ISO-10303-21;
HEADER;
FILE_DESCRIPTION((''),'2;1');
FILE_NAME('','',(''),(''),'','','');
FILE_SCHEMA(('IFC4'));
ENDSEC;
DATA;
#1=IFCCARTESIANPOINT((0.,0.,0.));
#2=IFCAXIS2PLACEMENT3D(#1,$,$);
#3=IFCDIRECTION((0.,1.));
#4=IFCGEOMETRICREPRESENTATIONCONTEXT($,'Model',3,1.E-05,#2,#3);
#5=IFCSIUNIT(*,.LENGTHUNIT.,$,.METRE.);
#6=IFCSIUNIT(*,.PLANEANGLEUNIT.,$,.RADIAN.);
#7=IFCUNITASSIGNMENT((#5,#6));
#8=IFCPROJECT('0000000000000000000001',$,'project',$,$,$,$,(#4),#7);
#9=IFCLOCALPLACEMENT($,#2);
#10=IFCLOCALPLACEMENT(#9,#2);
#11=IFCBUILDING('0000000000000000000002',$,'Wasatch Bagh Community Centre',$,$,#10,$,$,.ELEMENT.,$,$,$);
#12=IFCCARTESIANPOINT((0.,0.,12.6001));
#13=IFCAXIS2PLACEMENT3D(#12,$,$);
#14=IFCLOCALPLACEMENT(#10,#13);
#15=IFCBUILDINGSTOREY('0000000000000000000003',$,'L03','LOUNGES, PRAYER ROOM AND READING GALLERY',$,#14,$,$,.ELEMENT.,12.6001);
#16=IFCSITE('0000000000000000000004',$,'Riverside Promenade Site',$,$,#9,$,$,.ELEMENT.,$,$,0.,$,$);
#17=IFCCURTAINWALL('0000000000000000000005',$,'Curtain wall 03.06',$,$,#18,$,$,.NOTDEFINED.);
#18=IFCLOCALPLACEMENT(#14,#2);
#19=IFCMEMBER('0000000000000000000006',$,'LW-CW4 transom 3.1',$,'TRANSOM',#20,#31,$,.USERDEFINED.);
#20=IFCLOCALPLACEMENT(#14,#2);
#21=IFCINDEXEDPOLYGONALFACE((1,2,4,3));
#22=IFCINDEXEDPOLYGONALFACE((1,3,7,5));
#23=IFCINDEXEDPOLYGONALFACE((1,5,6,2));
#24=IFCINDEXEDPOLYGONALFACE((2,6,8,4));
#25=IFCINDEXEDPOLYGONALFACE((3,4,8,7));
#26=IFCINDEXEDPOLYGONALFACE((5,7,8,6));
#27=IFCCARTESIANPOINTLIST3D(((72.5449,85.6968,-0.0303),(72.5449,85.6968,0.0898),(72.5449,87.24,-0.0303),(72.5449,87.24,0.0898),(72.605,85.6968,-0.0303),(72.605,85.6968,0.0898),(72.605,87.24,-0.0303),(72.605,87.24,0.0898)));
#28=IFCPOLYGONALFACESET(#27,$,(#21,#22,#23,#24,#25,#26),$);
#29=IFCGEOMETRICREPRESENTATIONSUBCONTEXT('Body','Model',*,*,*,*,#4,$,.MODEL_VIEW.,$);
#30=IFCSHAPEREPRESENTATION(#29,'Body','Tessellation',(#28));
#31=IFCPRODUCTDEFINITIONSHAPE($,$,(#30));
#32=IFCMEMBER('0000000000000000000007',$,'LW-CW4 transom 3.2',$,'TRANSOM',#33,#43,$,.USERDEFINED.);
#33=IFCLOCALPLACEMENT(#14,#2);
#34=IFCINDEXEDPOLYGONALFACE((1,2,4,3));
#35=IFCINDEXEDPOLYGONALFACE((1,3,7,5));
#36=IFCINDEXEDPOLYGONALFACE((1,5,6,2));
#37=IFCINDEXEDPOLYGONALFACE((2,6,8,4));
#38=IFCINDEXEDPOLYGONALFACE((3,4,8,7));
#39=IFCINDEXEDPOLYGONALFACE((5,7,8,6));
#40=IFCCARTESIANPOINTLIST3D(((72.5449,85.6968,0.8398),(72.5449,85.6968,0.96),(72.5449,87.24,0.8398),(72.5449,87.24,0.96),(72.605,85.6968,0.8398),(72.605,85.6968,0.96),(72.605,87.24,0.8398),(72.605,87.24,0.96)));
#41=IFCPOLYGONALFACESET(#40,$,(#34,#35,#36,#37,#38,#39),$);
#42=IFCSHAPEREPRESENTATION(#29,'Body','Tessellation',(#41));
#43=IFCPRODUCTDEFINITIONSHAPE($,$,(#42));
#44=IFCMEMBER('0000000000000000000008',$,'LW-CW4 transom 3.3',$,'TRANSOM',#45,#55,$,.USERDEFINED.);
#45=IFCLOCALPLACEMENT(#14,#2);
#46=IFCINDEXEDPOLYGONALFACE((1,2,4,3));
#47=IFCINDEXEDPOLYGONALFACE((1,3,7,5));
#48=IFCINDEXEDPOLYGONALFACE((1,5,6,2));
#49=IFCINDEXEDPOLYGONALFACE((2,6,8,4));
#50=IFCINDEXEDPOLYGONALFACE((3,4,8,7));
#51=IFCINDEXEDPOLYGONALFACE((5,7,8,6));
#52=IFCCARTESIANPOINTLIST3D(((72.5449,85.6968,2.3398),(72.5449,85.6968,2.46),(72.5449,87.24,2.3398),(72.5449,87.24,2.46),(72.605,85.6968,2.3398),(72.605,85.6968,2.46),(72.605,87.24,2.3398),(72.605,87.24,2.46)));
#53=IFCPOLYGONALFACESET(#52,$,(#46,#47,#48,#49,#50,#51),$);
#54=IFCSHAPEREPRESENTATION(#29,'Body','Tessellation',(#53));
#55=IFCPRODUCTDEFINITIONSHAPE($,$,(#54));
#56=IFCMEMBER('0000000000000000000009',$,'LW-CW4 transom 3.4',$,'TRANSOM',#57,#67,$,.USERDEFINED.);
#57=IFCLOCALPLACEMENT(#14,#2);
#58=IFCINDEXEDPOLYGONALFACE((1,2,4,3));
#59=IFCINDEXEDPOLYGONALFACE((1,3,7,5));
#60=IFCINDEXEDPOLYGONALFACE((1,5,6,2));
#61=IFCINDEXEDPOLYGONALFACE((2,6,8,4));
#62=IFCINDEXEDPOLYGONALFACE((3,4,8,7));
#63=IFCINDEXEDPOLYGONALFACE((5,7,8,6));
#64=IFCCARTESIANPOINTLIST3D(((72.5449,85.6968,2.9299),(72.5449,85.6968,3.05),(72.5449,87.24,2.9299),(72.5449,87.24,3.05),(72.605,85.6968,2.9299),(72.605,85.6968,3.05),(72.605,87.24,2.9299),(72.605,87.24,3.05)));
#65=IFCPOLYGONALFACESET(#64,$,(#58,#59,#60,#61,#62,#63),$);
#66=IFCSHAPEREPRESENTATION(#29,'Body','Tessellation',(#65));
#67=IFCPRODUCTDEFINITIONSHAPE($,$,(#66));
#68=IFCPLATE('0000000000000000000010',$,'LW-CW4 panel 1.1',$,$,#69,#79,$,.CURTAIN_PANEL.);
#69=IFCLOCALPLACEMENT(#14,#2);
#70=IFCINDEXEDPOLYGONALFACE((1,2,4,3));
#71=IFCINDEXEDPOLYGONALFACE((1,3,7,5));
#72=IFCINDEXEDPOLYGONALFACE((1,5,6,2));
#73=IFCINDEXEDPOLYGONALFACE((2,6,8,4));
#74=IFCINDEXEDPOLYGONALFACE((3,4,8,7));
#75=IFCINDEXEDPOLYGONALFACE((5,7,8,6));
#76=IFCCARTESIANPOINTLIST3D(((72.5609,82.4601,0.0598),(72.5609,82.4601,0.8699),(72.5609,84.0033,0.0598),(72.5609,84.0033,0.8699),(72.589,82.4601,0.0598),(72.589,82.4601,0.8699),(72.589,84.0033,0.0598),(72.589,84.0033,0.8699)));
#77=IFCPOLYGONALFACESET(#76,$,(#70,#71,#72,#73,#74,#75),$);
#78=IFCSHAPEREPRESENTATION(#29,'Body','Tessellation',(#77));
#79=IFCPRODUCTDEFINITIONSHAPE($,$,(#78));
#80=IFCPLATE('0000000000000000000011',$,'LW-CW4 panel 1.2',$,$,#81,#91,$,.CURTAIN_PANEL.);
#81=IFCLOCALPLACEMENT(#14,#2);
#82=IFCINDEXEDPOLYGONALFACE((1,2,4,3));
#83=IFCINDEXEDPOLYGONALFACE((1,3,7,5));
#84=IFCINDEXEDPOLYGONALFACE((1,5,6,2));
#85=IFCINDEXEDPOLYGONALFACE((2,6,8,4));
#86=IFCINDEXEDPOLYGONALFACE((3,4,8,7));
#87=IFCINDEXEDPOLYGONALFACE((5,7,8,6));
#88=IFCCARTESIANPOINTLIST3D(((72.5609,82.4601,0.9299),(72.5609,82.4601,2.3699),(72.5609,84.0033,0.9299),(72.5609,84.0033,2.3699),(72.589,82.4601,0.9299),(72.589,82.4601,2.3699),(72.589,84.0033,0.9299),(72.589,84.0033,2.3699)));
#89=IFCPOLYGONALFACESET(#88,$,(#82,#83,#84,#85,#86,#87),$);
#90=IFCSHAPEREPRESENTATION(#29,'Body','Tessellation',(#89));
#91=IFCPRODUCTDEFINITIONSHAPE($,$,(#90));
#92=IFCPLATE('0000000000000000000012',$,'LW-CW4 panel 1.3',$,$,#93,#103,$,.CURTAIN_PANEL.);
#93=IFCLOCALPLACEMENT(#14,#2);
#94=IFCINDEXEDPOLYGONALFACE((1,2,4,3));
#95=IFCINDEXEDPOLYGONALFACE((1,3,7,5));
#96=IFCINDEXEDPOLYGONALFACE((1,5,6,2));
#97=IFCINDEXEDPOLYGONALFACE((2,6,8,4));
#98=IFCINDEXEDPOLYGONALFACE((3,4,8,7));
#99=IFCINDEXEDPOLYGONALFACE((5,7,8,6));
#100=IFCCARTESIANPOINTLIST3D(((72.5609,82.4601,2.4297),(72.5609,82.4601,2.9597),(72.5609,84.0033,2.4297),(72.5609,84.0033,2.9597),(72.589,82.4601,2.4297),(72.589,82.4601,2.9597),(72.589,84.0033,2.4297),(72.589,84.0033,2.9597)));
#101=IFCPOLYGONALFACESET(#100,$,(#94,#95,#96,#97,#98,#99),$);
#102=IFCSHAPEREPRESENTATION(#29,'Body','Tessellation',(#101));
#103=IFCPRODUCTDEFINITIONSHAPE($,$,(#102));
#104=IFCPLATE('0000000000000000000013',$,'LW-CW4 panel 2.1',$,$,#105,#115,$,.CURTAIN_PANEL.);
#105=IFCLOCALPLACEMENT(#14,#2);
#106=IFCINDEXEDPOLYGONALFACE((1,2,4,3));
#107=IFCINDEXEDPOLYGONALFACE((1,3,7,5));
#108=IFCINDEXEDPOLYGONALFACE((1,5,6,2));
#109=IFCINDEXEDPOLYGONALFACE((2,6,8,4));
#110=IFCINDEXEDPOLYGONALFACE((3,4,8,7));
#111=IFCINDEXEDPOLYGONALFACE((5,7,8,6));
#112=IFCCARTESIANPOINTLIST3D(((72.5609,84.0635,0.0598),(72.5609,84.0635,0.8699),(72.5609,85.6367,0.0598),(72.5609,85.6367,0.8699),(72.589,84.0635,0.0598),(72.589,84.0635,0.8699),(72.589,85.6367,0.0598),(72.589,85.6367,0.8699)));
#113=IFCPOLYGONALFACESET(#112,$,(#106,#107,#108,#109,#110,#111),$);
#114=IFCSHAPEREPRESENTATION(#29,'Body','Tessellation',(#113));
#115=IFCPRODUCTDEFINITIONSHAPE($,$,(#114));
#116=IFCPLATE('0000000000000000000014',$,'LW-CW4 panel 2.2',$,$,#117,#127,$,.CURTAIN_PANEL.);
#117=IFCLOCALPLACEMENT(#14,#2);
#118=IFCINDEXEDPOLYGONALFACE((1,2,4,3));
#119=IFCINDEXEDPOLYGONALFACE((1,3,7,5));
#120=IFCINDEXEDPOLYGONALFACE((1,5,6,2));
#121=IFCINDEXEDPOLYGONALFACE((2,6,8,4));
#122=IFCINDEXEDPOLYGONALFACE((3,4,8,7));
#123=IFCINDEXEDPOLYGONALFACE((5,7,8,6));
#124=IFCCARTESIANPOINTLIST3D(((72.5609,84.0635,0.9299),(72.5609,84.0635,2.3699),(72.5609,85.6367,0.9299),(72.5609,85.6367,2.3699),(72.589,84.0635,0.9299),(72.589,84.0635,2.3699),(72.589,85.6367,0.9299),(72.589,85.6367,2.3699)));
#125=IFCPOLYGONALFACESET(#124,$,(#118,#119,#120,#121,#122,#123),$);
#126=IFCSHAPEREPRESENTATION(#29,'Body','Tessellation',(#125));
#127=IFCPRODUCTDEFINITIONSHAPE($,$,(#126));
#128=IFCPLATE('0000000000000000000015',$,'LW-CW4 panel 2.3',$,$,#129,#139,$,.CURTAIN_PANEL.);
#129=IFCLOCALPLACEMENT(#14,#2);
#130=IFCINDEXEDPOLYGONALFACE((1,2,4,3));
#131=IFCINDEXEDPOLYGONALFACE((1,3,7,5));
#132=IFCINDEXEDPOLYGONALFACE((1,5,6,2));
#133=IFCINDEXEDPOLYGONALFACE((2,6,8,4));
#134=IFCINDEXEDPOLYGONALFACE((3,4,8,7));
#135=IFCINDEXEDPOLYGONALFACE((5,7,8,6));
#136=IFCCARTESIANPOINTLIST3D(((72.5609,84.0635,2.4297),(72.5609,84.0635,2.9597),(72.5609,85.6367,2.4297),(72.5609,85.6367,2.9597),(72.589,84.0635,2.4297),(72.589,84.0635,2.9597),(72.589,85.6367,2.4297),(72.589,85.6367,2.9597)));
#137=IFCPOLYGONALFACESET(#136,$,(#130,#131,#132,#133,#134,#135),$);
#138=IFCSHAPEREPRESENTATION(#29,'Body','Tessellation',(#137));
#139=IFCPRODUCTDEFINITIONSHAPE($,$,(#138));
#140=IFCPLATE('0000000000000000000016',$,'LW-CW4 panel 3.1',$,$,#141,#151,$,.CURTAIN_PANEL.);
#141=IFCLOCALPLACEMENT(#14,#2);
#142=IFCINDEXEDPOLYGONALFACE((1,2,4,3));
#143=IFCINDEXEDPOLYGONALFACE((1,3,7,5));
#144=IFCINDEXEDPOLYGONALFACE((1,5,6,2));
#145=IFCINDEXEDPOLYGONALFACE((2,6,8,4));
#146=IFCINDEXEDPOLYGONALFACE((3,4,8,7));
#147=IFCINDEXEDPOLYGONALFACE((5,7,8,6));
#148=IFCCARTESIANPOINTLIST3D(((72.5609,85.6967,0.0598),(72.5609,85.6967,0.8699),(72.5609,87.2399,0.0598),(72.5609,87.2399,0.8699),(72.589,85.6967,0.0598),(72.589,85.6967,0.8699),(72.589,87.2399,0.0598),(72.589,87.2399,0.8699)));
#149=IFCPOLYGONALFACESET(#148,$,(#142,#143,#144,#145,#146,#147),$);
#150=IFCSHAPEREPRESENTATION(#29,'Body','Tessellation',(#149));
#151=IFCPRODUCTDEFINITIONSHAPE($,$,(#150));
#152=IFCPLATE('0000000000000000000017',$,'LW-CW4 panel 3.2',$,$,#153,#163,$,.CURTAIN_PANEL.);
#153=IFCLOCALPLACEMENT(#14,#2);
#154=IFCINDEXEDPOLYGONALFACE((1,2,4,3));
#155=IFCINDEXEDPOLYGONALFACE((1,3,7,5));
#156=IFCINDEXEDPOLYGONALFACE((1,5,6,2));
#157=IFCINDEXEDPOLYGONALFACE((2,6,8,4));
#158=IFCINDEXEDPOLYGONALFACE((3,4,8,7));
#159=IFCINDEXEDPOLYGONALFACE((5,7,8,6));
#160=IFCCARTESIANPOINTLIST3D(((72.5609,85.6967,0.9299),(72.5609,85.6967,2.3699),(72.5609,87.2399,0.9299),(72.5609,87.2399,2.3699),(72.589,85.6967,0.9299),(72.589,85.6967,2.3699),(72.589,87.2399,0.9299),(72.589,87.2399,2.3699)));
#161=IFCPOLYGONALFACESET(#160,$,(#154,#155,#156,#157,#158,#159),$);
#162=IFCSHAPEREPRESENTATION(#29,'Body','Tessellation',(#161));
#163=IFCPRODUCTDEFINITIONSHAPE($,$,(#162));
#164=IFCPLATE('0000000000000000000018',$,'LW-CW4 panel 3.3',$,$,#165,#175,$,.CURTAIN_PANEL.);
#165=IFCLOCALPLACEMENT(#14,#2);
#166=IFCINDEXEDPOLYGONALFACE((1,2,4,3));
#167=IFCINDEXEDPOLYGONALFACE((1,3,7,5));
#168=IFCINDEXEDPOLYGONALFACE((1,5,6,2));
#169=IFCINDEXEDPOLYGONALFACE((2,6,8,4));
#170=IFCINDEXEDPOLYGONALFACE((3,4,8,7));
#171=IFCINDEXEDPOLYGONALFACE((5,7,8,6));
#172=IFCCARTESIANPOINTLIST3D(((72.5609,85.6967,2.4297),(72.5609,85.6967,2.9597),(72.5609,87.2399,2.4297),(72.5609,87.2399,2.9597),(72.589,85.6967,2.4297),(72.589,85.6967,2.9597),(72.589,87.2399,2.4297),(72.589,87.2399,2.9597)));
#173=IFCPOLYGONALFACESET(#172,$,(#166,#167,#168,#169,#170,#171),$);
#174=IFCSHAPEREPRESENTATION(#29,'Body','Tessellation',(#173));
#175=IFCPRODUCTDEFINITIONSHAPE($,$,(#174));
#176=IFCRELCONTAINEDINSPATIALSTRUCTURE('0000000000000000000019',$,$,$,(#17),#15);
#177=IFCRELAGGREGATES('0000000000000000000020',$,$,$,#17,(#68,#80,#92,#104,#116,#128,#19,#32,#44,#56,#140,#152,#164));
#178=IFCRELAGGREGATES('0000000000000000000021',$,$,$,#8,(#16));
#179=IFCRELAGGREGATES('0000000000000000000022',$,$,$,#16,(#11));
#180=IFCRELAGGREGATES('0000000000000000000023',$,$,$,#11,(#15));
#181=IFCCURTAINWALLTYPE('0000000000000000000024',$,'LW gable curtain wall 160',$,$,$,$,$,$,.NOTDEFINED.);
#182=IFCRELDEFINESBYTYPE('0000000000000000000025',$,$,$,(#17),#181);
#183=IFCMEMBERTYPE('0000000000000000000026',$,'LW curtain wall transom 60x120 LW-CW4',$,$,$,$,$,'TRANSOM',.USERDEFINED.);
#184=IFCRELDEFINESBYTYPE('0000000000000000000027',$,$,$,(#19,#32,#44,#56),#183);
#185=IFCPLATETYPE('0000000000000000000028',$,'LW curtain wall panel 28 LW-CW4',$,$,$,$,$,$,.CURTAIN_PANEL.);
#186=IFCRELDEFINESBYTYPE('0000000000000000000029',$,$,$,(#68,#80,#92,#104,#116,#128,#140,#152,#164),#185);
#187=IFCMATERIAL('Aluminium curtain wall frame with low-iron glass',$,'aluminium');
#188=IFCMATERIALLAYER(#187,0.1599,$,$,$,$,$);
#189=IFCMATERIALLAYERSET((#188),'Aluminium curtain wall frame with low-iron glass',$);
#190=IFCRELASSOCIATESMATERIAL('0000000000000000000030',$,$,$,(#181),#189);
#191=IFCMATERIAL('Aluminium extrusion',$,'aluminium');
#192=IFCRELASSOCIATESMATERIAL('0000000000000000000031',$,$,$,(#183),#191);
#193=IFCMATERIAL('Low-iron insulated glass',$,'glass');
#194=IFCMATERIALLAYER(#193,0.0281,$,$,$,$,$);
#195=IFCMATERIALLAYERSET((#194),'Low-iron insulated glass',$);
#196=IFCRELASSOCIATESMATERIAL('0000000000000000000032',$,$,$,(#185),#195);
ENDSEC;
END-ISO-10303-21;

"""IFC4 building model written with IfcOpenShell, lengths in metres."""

from ifc_helpers import new_model, si_unit, direction, frame, origin, origin_2d, place, context, subcontext, project, spatial, rectangle, extrude, material, layer, layer_set, material_profile, profile_set, type_object, element, aggregate, save


model = new_model("IFC4")

# Units and contexts
model_context = context("Model", 3, precision=1e-05, world=origin(), true_north=direction((0.0, 1.0)))
body_context = subcontext(model_context, "Body", "Model", "MODEL_VIEW")
ifc_project = project(units=[si_unit("LENGTHUNIT", "METRE"), si_unit("PLANEANGLEUNIT", "RADIAN")], contexts=[model_context])

# Site, building, storey
site_placement = place(None, origin())
site = spatial("IfcSite", under=ifc_project, at=site_placement, Name="Riverside Promenade Site", CompositionType="ELEMENT", RefElevation=0.0)
building_placement = place(site_placement, origin())
building = spatial("IfcBuilding", under=site, at=building_placement, Name="Wasatch Bagh Community Centre", CompositionType="ELEMENT")
storey_placement = place(building_placement, frame((0.0, 0.0, 12.6001)))
storey = spatial("IfcBuildingStorey", under=building, at=storey_placement, Name="L03", Description="LOUNGES, PRAYER ROOM AND READING GALLERY", CompositionType="ELEMENT", Elevation=12.6001)

# Shared definitions
ifc_material_1 = material(Name="Aluminium curtain wall frame with low-iron glass", Category="aluminium")
ifc_material_2 = material(Name="Aluminium extrusion", Category="aluminium")

# Curtain wall, members, plates
ifc_layer_1 = layer(ifc_material_1, 0.1599)
ifc_layer_set_1 = layer_set([ifc_layer_1], Name="Aluminium curtain wall frame with low-iron glass")
curtain_wall_type_1 = type_object("IfcCurtainWallType", Name="LW gable curtain wall 160", PredefinedType="NOTDEFINED", material=ifc_layer_set_1)
curtain_wall_1_placement = place(storey_placement, origin())
curtain_wall_1 = element("IfcCurtainWall", 1, at=curtain_wall_1_placement, inside=storey, type_object=curtain_wall_type_1, Name="Curtain wall 03.06", PredefinedType="NOTDEFINED")
ifc_material_profile_1 = material_profile(ifc_material_2, rectangle(XDim=0.0601, YDim=0.1201, at=origin_2d()), Name="AL 60x120")
ifc_profile_set_1 = profile_set([ifc_material_profile_1], Name="Aluminium extrusion")
member_type_1 = type_object("IfcMemberType", Name="LW curtain wall transom 60x120 LW-CW4", ElementType="TRANSOM", PredefinedType="USERDEFINED", material=ifc_profile_set_1)
member_1_placement = place(storey_placement, frame((72.575, 85.6968, 0.0298), z_axis=(0.0, 1.0, 0.0), x_axis=(-1.0, 0.0, 0.0)))
member_1 = element("IfcMember", 2, at=member_1_placement, type_object=member_type_1, Name="LW-CW4 transom 3.1", ObjectType="TRANSOM", PredefinedType="USERDEFINED", context=body_context, shape_type="SweptSolid", body=[
    extrude(rectangle(XDim=0.0601, YDim=0.1201, at=origin_2d()), origin(), (0.0, 0.0, 1.0), 1.5432),
])
member_2_placement = place(storey_placement, frame((72.575, 85.6968, 0.8999), z_axis=(0.0, 1.0, 0.0), x_axis=(-1.0, 0.0, 0.0)))
member_2 = element("IfcMember", 3, at=member_2_placement, type_object=member_type_1, Name="LW-CW4 transom 3.2", ObjectType="TRANSOM", PredefinedType="USERDEFINED", context=body_context, shape_type="SweptSolid", body=[
    extrude(rectangle(XDim=0.0601, YDim=0.1201, at=origin_2d()), origin(), (0.0, 0.0, 1.0), 1.5432),
])
member_3_placement = place(storey_placement, frame((72.575, 85.6968, 2.3999), z_axis=(0.0, 1.0, 0.0), x_axis=(-1.0, 0.0, 0.0)))
member_3 = element("IfcMember", 4, at=member_3_placement, type_object=member_type_1, Name="LW-CW4 transom 3.3", ObjectType="TRANSOM", PredefinedType="USERDEFINED", context=body_context, shape_type="SweptSolid", body=[
    extrude(rectangle(XDim=0.0601, YDim=0.1201, at=origin_2d()), origin(), (0.0, 0.0, 1.0), 1.5432),
])
member_4_placement = place(storey_placement, frame((72.575, 85.6968, 2.99), z_axis=(0.0, 1.0, 0.0), x_axis=(-1.0, 0.0, 0.0)))
member_4 = element("IfcMember", 5, at=member_4_placement, type_object=member_type_1, Name="LW-CW4 transom 3.4", ObjectType="TRANSOM", PredefinedType="USERDEFINED", context=body_context, shape_type="SweptSolid", body=[
    extrude(rectangle(XDim=0.0601, YDim=0.1201, at=origin_2d()), origin(), (0.0, 0.0, 1.0), 1.5432),
])
ifc_material_3 = material(Name="Low-iron insulated glass", Category="glass")
ifc_layer_2 = layer(ifc_material_3, 0.0281)
ifc_layer_set_2 = layer_set([ifc_layer_2], Name="Low-iron insulated glass")
plate_type = type_object("IfcPlateType", Name="LW curtain wall panel 28 LW-CW4", PredefinedType="CURTAIN_PANEL", material=ifc_layer_set_2)
plate_1_placement = place(storey_placement, frame((72.575, 83.2317, 0.0598), z_axis=(0.0, 0.0, 1.0), x_axis=(0.0, 1.0, 0.0)))
plate_1 = element("IfcPlate", 6, at=plate_1_placement, type_object=plate_type, Name="LW-CW4 panel 1.1", PredefinedType="CURTAIN_PANEL", context=body_context, shape_type="SweptSolid", body=[
    extrude(rectangle(XDim=1.5432, YDim=0.0281, at=origin_2d()), origin(), (0.0, 0.0, 1.0), 0.8101),
])
plate_2_placement = place(storey_placement, frame((72.575, 83.2317, 0.9299), z_axis=(0.0, 0.0, 1.0), x_axis=(0.0, 1.0, 0.0)))
plate_2 = element("IfcPlate", 7, at=plate_2_placement, type_object=plate_type, Name="LW-CW4 panel 1.2", PredefinedType="CURTAIN_PANEL", context=body_context, shape_type="SweptSolid", body=[
    extrude(rectangle(XDim=1.5432, YDim=0.0281, at=origin_2d()), origin(), (0.0, 0.0, 1.0), 1.4399),
])
plate_3_placement = place(storey_placement, frame((72.575, 83.2317, 2.4297), z_axis=(0.0, 0.0, 1.0), x_axis=(0.0, 1.0, 0.0)))
plate_3 = element("IfcPlate", 8, at=plate_3_placement, type_object=plate_type, Name="LW-CW4 panel 1.3", PredefinedType="CURTAIN_PANEL", context=body_context, shape_type="SweptSolid", body=[
    extrude(rectangle(XDim=1.5432, YDim=0.0281, at=origin_2d()), origin(), (0.0, 0.0, 1.0), 0.53),
])
plate_4_placement = place(storey_placement, frame((72.575, 84.8501, 0.0598), z_axis=(0.0, 0.0, 1.0), x_axis=(0.0, 1.0, 0.0)))
plate_4 = element("IfcPlate", 9, at=plate_4_placement, type_object=plate_type, Name="LW-CW4 panel 2.1", PredefinedType="CURTAIN_PANEL", context=body_context, shape_type="SweptSolid", body=[
    extrude(rectangle(XDim=1.5732, YDim=0.0281, at=origin_2d()), origin(), (0.0, 0.0, 1.0), 0.8101),
])
plate_5_placement = place(storey_placement, frame((72.575, 84.8501, 0.9299), z_axis=(0.0, 0.0, 1.0), x_axis=(0.0, 1.0, 0.0)))
plate_5 = element("IfcPlate", 10, at=plate_5_placement, type_object=plate_type, Name="LW-CW4 panel 2.2", PredefinedType="CURTAIN_PANEL", context=body_context, shape_type="SweptSolid", body=[
    extrude(rectangle(XDim=1.5732, YDim=0.0281, at=origin_2d()), origin(), (0.0, 0.0, 1.0), 1.4399),
])
plate_6_placement = place(storey_placement, frame((72.575, 84.8501, 2.4297), z_axis=(0.0, 0.0, 1.0), x_axis=(0.0, 1.0, 0.0)))
plate_6 = element("IfcPlate", 11, at=plate_6_placement, type_object=plate_type, Name="LW-CW4 panel 2.3", PredefinedType="CURTAIN_PANEL", context=body_context, shape_type="SweptSolid", body=[
    extrude(rectangle(XDim=1.5732, YDim=0.0281, at=origin_2d()), origin(), (0.0, 0.0, 1.0), 0.53),
])
plate_7_placement = place(storey_placement, frame((72.575, 86.4683, 0.0598), z_axis=(0.0, 0.0, 1.0), x_axis=(0.0, 1.0, 0.0)))
plate_7 = element("IfcPlate", 12, at=plate_7_placement, type_object=plate_type, Name="LW-CW4 panel 3.1", PredefinedType="CURTAIN_PANEL", context=body_context, shape_type="SweptSolid", body=[
    extrude(rectangle(XDim=1.5432, YDim=0.0281, at=origin_2d()), origin(), (0.0, 0.0, 1.0), 0.8101),
])
plate_8_placement = place(storey_placement, frame((72.575, 86.4683, 0.9299), z_axis=(0.0, 0.0, 1.0), x_axis=(0.0, 1.0, 0.0)))
plate_8 = element("IfcPlate", 13, at=plate_8_placement, type_object=plate_type, Name="LW-CW4 panel 3.2", PredefinedType="CURTAIN_PANEL", context=body_context, shape_type="SweptSolid", body=[
    extrude(rectangle(XDim=1.5432, YDim=0.0281, at=origin_2d()), origin(), (0.0, 0.0, 1.0), 1.4399),
])
plate_9_placement = place(storey_placement, frame((72.575, 86.4683, 2.4297), z_axis=(0.0, 0.0, 1.0), x_axis=(0.0, 1.0, 0.0)))
plate_9 = element("IfcPlate", 14, at=plate_9_placement, type_object=plate_type, Name="LW-CW4 panel 3.3", PredefinedType="CURTAIN_PANEL", context=body_context, shape_type="SweptSolid", body=[
    extrude(rectangle(XDim=1.5432, YDim=0.0281, at=origin_2d()), origin(), (0.0, 0.0, 1.0), 0.53),
])
aggregate(curtain_wall_1, [plate_1, plate_2, plate_3, plate_4, plate_5, plate_6, member_1, member_2, member_3, member_4, plate_7, plate_8, plate_9])

save(model, "model.ifc")
